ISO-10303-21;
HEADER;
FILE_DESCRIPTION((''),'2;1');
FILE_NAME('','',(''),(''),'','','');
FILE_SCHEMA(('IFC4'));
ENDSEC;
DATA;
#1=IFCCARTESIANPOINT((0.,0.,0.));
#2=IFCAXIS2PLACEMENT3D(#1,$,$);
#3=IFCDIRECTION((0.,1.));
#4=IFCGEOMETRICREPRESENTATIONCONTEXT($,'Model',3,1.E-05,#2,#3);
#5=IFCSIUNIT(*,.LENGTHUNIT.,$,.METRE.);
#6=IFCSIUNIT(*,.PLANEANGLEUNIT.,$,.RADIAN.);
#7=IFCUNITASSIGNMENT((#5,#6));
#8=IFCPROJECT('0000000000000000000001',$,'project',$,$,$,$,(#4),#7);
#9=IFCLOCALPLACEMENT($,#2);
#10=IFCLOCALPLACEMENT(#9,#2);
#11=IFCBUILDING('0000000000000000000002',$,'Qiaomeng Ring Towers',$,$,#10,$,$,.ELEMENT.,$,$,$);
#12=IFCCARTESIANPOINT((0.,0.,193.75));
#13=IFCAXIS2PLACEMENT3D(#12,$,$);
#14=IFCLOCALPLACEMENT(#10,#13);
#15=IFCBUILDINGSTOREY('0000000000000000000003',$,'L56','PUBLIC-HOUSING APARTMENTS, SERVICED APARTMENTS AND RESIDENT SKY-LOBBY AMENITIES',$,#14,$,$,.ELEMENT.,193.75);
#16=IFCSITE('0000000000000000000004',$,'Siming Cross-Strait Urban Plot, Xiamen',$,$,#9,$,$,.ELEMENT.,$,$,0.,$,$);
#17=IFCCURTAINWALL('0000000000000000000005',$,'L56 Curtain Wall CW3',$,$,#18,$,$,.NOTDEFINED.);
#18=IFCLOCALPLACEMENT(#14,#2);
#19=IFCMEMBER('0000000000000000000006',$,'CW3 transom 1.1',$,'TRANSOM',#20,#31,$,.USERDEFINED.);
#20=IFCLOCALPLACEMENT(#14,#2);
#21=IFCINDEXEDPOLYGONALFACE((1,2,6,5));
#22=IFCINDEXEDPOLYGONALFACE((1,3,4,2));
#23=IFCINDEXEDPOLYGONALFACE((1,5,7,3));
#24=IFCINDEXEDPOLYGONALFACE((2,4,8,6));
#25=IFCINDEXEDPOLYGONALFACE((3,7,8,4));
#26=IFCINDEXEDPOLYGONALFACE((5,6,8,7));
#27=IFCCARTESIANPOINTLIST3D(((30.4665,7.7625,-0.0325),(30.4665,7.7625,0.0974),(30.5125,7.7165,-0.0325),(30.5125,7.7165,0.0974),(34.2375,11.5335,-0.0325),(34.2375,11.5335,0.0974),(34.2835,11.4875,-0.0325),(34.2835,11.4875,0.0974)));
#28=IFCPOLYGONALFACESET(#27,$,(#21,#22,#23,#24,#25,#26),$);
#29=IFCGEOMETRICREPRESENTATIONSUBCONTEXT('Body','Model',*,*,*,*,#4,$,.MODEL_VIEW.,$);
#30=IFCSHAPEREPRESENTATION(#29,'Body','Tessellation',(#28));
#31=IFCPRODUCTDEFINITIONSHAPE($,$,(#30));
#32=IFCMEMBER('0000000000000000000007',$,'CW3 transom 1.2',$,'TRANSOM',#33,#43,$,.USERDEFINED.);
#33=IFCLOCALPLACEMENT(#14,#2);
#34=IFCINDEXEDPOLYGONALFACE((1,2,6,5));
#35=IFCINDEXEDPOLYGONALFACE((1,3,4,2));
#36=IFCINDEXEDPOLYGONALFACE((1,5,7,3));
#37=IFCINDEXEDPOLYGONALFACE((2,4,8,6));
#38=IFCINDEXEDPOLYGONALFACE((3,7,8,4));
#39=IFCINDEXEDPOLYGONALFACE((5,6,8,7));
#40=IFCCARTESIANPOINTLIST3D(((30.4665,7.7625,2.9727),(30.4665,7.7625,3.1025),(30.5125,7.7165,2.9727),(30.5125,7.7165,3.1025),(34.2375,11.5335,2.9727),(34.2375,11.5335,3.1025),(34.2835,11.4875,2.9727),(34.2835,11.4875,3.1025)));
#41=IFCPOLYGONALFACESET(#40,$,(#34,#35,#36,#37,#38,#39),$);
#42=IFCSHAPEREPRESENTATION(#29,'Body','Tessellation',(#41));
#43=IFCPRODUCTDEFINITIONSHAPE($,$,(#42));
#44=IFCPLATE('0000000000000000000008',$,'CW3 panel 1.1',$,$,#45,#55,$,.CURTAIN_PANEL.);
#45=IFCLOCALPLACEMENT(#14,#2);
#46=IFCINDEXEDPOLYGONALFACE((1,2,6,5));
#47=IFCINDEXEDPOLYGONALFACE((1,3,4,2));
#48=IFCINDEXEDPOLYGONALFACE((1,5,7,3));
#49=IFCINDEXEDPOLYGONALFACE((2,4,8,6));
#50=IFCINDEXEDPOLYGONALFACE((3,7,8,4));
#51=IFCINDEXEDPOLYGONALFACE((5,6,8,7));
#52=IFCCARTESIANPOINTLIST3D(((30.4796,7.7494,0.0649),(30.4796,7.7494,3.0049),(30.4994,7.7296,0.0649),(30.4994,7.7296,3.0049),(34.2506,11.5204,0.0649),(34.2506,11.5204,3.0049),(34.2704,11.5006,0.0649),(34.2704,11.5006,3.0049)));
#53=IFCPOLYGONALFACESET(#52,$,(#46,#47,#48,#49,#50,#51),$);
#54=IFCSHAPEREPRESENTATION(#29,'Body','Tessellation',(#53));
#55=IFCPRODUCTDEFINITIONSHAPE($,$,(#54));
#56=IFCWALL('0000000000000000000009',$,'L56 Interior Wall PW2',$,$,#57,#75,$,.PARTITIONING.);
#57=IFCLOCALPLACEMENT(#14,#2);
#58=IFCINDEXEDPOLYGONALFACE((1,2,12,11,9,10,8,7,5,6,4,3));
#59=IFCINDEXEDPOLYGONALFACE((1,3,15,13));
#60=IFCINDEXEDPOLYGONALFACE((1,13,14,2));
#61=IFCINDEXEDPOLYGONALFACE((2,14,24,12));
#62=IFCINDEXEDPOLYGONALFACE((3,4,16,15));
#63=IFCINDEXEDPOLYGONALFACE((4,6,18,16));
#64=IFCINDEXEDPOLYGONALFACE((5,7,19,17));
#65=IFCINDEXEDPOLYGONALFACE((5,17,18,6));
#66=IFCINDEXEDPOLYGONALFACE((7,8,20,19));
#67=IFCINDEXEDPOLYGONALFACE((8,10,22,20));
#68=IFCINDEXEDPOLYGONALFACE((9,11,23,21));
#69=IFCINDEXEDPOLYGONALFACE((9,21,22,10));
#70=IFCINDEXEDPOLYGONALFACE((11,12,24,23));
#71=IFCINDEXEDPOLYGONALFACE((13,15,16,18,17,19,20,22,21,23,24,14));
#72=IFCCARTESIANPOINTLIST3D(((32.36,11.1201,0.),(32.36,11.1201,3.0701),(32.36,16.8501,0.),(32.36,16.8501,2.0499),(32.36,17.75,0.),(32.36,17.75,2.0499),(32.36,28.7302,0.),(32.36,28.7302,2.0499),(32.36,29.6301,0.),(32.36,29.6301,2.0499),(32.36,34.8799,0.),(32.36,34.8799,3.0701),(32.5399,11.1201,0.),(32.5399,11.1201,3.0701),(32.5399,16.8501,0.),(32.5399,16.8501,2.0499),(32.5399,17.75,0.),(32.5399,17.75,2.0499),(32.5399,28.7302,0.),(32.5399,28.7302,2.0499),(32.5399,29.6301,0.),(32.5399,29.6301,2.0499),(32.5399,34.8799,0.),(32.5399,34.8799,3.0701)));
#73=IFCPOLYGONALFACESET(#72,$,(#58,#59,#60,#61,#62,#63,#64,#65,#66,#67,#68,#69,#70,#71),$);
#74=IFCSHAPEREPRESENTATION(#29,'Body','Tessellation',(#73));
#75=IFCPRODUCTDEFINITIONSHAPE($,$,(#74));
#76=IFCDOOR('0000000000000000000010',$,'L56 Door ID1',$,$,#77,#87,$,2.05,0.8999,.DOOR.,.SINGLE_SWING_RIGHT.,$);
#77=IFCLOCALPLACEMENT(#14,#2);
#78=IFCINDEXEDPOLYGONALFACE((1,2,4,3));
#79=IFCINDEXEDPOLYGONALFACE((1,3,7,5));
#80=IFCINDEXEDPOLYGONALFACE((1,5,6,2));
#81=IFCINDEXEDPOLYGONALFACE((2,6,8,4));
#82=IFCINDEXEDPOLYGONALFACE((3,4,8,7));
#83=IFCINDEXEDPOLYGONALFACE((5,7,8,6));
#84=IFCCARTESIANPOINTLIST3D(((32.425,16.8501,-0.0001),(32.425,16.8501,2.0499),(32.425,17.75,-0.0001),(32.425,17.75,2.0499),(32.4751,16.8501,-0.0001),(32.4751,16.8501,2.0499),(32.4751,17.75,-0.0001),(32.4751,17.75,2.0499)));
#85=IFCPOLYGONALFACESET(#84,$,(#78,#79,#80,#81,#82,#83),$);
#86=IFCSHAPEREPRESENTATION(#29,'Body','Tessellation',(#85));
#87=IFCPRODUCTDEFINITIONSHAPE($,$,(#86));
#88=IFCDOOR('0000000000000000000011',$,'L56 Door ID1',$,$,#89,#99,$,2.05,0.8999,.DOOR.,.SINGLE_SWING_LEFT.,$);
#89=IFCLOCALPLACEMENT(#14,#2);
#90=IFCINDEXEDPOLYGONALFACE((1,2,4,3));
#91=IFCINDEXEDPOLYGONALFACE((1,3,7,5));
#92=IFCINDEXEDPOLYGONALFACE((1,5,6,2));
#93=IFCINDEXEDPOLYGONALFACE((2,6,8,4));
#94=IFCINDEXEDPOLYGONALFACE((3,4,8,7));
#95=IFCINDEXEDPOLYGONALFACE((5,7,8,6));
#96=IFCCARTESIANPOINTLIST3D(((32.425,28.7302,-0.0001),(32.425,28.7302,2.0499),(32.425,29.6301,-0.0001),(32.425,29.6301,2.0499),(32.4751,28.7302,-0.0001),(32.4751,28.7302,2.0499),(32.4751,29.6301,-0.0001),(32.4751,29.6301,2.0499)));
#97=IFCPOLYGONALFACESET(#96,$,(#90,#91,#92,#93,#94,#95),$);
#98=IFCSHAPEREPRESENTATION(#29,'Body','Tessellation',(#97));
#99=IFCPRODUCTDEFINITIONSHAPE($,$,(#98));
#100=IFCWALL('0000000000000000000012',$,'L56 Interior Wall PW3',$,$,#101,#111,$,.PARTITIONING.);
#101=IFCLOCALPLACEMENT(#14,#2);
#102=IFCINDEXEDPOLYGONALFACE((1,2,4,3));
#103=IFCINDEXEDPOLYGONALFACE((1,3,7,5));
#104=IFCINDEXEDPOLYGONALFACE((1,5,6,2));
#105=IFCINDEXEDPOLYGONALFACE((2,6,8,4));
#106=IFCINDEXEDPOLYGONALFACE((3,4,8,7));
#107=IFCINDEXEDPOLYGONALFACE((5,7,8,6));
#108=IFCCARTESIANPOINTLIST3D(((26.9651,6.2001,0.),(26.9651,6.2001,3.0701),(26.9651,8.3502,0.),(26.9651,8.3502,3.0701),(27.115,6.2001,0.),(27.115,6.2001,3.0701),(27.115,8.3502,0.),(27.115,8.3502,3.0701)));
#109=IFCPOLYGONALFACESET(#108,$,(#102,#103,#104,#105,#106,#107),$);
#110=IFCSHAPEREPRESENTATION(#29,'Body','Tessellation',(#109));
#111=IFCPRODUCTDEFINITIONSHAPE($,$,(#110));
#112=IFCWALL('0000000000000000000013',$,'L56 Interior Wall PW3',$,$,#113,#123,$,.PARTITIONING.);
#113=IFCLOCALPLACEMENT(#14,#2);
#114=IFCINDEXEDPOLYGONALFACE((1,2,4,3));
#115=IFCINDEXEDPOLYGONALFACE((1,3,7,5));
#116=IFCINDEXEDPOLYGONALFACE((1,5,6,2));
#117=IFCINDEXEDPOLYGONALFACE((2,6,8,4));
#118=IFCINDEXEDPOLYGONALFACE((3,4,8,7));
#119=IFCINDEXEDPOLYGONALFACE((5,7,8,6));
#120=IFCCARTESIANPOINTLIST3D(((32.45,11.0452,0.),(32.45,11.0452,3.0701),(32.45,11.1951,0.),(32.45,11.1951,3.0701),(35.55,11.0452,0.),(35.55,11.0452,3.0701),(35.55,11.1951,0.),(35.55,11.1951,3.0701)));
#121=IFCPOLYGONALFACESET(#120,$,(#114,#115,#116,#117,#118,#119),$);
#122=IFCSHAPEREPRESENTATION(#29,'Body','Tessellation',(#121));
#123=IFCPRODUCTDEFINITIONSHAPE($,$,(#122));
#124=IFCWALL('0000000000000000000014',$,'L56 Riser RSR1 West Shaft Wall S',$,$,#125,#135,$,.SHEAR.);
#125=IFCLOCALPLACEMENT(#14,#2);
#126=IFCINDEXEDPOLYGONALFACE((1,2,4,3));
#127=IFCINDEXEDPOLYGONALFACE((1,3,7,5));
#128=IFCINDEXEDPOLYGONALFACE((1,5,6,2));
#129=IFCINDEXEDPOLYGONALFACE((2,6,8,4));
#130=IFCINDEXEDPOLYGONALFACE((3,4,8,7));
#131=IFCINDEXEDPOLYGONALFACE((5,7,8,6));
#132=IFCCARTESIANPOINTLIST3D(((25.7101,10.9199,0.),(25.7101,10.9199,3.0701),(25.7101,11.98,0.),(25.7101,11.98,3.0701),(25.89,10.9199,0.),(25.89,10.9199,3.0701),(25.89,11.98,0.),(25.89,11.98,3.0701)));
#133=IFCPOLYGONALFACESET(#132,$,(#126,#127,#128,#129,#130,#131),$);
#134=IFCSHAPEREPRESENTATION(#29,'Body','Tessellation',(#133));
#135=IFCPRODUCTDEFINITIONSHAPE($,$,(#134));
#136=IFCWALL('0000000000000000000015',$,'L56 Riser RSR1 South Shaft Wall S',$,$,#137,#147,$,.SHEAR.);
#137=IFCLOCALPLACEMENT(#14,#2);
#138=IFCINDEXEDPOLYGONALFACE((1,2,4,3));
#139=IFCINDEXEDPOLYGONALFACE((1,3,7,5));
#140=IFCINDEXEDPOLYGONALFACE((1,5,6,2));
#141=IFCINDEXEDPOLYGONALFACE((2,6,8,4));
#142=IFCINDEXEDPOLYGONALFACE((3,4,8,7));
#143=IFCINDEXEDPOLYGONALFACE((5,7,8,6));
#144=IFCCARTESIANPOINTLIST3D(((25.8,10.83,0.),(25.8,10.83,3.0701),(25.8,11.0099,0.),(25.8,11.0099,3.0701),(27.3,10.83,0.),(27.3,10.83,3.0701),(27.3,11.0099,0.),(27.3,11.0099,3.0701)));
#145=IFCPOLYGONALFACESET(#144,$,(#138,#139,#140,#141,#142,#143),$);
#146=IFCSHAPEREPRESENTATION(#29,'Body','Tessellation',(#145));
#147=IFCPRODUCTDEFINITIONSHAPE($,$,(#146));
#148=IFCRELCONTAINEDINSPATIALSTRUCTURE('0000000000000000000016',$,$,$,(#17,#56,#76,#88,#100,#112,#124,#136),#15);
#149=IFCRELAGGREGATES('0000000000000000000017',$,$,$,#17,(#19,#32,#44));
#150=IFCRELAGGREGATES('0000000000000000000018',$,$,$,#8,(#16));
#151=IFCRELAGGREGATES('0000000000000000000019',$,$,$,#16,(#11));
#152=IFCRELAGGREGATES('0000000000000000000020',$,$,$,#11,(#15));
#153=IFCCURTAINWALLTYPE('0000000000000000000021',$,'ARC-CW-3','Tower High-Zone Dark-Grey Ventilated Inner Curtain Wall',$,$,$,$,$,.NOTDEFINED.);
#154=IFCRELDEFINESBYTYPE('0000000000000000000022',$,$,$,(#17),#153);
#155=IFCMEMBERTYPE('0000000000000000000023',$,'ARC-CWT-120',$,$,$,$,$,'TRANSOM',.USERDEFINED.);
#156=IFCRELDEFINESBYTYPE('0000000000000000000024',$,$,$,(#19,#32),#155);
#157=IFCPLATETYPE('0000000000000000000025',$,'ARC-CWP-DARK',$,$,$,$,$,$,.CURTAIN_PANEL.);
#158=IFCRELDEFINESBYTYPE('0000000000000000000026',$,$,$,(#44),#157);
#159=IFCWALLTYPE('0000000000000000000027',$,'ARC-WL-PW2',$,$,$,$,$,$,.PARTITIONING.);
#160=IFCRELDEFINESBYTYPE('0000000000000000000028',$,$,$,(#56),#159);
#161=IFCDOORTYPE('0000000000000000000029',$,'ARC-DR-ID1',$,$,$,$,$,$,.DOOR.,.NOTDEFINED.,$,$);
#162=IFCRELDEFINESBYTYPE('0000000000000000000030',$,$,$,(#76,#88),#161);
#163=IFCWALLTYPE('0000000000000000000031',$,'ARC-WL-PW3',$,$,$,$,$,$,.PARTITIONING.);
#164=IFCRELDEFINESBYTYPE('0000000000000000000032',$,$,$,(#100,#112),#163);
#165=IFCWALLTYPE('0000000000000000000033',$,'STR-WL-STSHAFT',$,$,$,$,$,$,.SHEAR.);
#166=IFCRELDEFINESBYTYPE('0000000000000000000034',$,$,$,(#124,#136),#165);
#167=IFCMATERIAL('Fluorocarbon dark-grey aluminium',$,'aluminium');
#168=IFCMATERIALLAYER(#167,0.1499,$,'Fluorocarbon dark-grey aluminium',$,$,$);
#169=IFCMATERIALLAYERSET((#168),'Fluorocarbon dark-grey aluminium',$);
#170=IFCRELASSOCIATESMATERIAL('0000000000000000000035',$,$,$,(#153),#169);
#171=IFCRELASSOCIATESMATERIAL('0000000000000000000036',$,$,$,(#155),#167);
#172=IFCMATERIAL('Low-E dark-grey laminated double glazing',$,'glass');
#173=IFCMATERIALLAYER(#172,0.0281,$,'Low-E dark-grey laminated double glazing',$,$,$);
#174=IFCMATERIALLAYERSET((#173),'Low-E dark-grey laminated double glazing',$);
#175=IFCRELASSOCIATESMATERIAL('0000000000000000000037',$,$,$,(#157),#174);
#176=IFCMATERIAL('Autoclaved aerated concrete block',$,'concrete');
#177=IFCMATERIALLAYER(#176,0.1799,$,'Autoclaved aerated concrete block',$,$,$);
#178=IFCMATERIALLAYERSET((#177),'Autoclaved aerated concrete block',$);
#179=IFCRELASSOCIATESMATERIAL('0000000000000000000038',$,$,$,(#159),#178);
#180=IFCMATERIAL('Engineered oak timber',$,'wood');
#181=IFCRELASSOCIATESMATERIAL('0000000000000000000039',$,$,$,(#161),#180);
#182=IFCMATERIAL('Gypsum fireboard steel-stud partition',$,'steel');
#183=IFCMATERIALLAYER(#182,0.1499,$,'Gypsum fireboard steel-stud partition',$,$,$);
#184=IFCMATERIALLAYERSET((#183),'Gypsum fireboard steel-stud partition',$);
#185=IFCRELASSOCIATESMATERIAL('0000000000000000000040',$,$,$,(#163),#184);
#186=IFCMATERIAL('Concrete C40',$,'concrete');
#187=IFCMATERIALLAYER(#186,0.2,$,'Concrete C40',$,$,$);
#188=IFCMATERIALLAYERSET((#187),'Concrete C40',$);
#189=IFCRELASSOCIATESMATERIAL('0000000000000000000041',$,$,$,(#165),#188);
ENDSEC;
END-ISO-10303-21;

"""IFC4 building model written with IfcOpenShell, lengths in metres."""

from ifc_helpers import new_model, si_unit, direction, frame, frame_2d, origin, origin_2d, place, context, subcontext, project, spatial, rectangle, extrude, source, transform, mapped, material, layer, layer_set, material_profile, profile_set, type_object, element, fill, aggregate, save


model = new_model("IFC4")

# Units and contexts
model_context = context("Model", 3, precision=1e-05, world=origin(), true_north=direction((0.0, 1.0)))
body_context = subcontext(model_context, "Body", "Model", "MODEL_VIEW")
ifc_project = project(units=[si_unit("LENGTHUNIT", "METRE"), si_unit("PLANEANGLEUNIT", "RADIAN")], contexts=[model_context])

# Site, building, storey
site_placement = place(None, origin())
site = spatial("IfcSite", under=ifc_project, at=site_placement, Name="Siming Cross-Strait Urban Plot, Xiamen", CompositionType="ELEMENT", RefElevation=0.0)
building_placement = place(site_placement, origin())
building = spatial("IfcBuilding", under=site, at=building_placement, Name="Qiaomeng Ring Towers", CompositionType="ELEMENT")
storey_placement = place(building_placement, frame((0.0, 0.0, 193.75)))
storey = spatial("IfcBuildingStorey", under=building, at=storey_placement, Name="L56", Description="PUBLIC-HOUSING APARTMENTS, SERVICED APARTMENTS AND RESIDENT SKY-LOBBY AMENITIES", CompositionType="ELEMENT", Elevation=193.75)

# Shared definitions
ifc_material_1 = material(Name="Concrete C40", Category="concrete")

# Curtain wall, members, plate
ifc_material_2 = material(Name="Fluorocarbon dark-grey aluminium", Category="aluminium")
ifc_layer_1 = layer(ifc_material_2, 0.1499, Name="Fluorocarbon dark-grey aluminium")
ifc_layer_set_1 = layer_set([ifc_layer_1], Name="Fluorocarbon dark-grey aluminium")
curtain_wall_type = type_object("IfcCurtainWallType", Name="ARC-CW-3", Description="Tower High-Zone Dark-Grey Ventilated Inner Curtain Wall", PredefinedType="NOTDEFINED", material=ifc_layer_set_1)
curtain_wall_placement = place(storey_placement, origin())
curtain_wall = element("IfcCurtainWall", 1, at=curtain_wall_placement, inside=storey, type_object=curtain_wall_type, Name="L56 Curtain Wall CW3", PredefinedType="NOTDEFINED")
ifc_material_profile_1 = material_profile(ifc_material_2, rectangle(XDim=0.0649, YDim=0.1299, at=origin_2d()), Name="ALU TRAN 65x130")
ifc_profile_set_1 = profile_set([ifc_material_profile_1], Name="Fluorocarbon dark-grey aluminium")
member_type_1 = type_object("IfcMemberType", Name="ARC-CWT-120", ElementType="TRANSOM", PredefinedType="USERDEFINED", material=ifc_profile_set_1)
shared_shape_1 = source(origin(), body_context, "Body", "SweptSolid", [
    extrude(rectangle(XDim=0.0649, YDim=0.1299, at=origin_2d()), origin(), (0.0, 0.0, 1.0), 5.333),
])
member_1_placement = place(storey_placement, frame((30.4895, 7.7395, 0.0325), z_axis=(0.707107, 0.707107, 0.0), x_axis=(-0.707107, 0.707107, 0.0)))
member_1 = element("IfcMember", 2, at=member_1_placement, type_object=member_type_1, Name="CW3 transom 1.1", ObjectType="TRANSOM", PredefinedType="USERDEFINED", context=body_context, shape_type="MappedRepresentation", body=[
    mapped(shared_shape_1, transform((0.0, 0.0, 0.0), x_axis=(1.0, 0.0, 0.0), y_axis=(0.0, 1.0, 0.0), z_axis=(0.0, 0.0, 1.0), scale=1.0)),
])
member_2_placement = place(storey_placement, frame((30.4895, 7.7395, 3.0376), z_axis=(0.707107, 0.707107, 0.0), x_axis=(-0.707107, 0.707107, 0.0)))
member_2 = element("IfcMember", 3, at=member_2_placement, type_object=member_type_1, Name="CW3 transom 1.2", ObjectType="TRANSOM", PredefinedType="USERDEFINED", context=body_context, shape_type="MappedRepresentation", body=[
    mapped(shared_shape_1, transform((0.0, 0.0, 0.0), x_axis=(1.0, 0.0, 0.0), y_axis=(0.0, 1.0, 0.0), z_axis=(0.0, 0.0, 1.0), scale=1.0)),
])
ifc_material_3 = material(Name="Low-E dark-grey laminated double glazing", Category="glass")
ifc_layer_2 = layer(ifc_material_3, 0.0281, Name="Low-E dark-grey laminated double glazing")
ifc_layer_set_2 = layer_set([ifc_layer_2], Name="Low-E dark-grey laminated double glazing")
plate_type = type_object("IfcPlateType", Name="ARC-CWP-DARK", PredefinedType="CURTAIN_PANEL", material=ifc_layer_set_2)
shared_shape_2 = source(origin(), body_context, "Body", "SweptSolid", [
    extrude(rectangle(XDim=5.333, YDim=0.0281, at=origin_2d()), origin(), (0.0, 0.0, 1.0), 2.9399),
])
plate_placement = place(storey_placement, frame((32.375, 9.625, 0.0649), z_axis=(0.0, 0.0, 1.0), x_axis=(0.707107, 0.707107, 0.0)))
plate = element("IfcPlate", 4, at=plate_placement, type_object=plate_type, Name="CW3 panel 1.1", PredefinedType="CURTAIN_PANEL", context=body_context, shape_type="MappedRepresentation", body=[
    mapped(shared_shape_2, transform((0.0, 0.0, 0.0), x_axis=(1.0, 0.0, 0.0), y_axis=(0.0, 1.0, 0.0), z_axis=(0.0, 0.0, 1.0), scale=1.0)),
])
aggregate(curtain_wall, [member_1, member_2, plate])

# Wall, openings, doors
ifc_material_4 = material(Name="Autoclaved aerated concrete block", Category="concrete")
ifc_layer_3 = layer(ifc_material_4, 0.1799, Name="Autoclaved aerated concrete block")
ifc_layer_set_3 = layer_set([ifc_layer_3], Name="Autoclaved aerated concrete block")
wall_type_1 = type_object("IfcWallType", Name="ARC-WL-PW2", PredefinedType="PARTITIONING", material=ifc_layer_set_3)
wall_1_placement = place(storey_placement, frame((32.45, 11.1201, 0.0), z_axis=(0.0, 0.0, 1.0), x_axis=(0.0, 1.0, 0.0)))
wall_1 = element("IfcWall", 5, at=wall_1_placement, inside=storey, type_object=wall_type_1, Name="L56 Interior Wall PW2", PredefinedType="PARTITIONING", context=body_context, shape_type="SweptSolid", body=[
    extrude(rectangle(XDim=23.7598, YDim=0.1799, at=frame_2d((11.8799, 0.0))), origin(), (0.0, 0.0, 1.0), 3.0701),
])
opening_1_placement = place(wall_1_placement, frame((5.73, 0.0, 0.0)))
opening_1 = element("IfcOpeningElement", 6, at=opening_1_placement, cuts=wall_1, PredefinedType="OPENING", context=body_context, shape_type="SweptSolid", body=[
    extrude(rectangle(XDim=0.8999, YDim=2.05, at=frame_2d((0.45, 1.0249))), frame((0.0, 0.0999, 0.0), z_axis=(0.0, -1.0, 0.0), x_axis=(1.0, 0.0, 0.0)), (0.0, 0.0, 1.0), 0.2),
])
opening_2_placement = place(wall_1_placement, frame((17.6101, 0.0, 0.0)))
opening_2 = element("IfcOpeningElement", 7, at=opening_2_placement, cuts=wall_1, PredefinedType="OPENING", context=body_context, shape_type="SweptSolid", body=[
    extrude(rectangle(XDim=0.8999, YDim=2.05, at=frame_2d((0.45, 1.0249))), frame((0.0, 0.0999, 0.0), z_axis=(0.0, -1.0, 0.0), x_axis=(1.0, 0.0, 0.0)), (0.0, 0.0, 1.0), 0.2),
])
ifc_material_5 = material(Name="Engineered oak timber", Category="wood")
door_type_1 = type_object("IfcDoorType", Name="ARC-DR-ID1", OperationType="NOTDEFINED", PredefinedType="DOOR", material=ifc_material_5)
shared_shape_3 = source(origin(), body_context, "Body", "SweptSolid", [
    extrude(rectangle(XDim=0.8999, YDim=2.05, at=frame_2d((0.45, 1.0249))), frame((0.0, 0.0249, 0.0), z_axis=(0.0, -1.0, 0.0), x_axis=(1.0, 0.0, 0.0)), (0.0, 0.0, 1.0), 0.05),
])
door_1_placement = place(opening_1_placement, origin())
door_1 = element("IfcDoor", 8, at=door_1_placement, inside=storey, type_object=door_type_1, Name="L56 Door ID1", OperationType="SINGLE_SWING_RIGHT", OverallHeight=2.05, OverallWidth=0.8999, PredefinedType="DOOR", context=body_context, shape_type="MappedRepresentation", body=[
    mapped(shared_shape_3, transform((0.0, 0.0, 0.0), x_axis=(1.0, 0.0, 0.0), y_axis=(0.0, 1.0, 0.0), z_axis=(0.0, 0.0, 1.0), scale=1.0)),
])
fill(opening_1, door_1)
door_2_placement = place(opening_2_placement, origin())
door_2 = element("IfcDoor", 9, at=door_2_placement, inside=storey, type_object=door_type_1, Name="L56 Door ID1", OperationType="SINGLE_SWING_LEFT", OverallHeight=2.05, OverallWidth=0.8999, PredefinedType="DOOR", context=body_context, shape_type="MappedRepresentation", body=[
    mapped(shared_shape_3, transform((0.0, 0.0, 0.0), x_axis=(1.0, 0.0, 0.0), y_axis=(0.0, 1.0, 0.0), z_axis=(0.0, 0.0, 1.0), scale=1.0)),
])
fill(opening_2, door_2)

# Walls
ifc_material_6 = material(Name="Gypsum fireboard steel-stud partition", Category="steel")
ifc_layer_4 = layer(ifc_material_6, 0.1499, Name="Gypsum fireboard steel-stud partition")
ifc_layer_set_4 = layer_set([ifc_layer_4], Name="Gypsum fireboard steel-stud partition")
wall_type_2 = type_object("IfcWallType", Name="ARC-WL-PW3", PredefinedType="PARTITIONING", material=ifc_layer_set_4)
wall_2_placement = place(storey_placement, frame((27.04, 6.2, 0.0), z_axis=(0.0, 0.0, 1.0), x_axis=(0.0, 1.0, 0.0)))
element("IfcWall", 10, at=wall_2_placement, inside=storey, type_object=wall_type_2, Name="L56 Interior Wall PW3", PredefinedType="PARTITIONING", context=body_context, shape_type="SweptSolid", body=[
    extrude(rectangle(XDim=2.1501, YDim=0.1499, at=frame_2d((1.0752, 0.0))), origin(), (0.0, 0.0, 1.0), 3.0701),
])
wall_3_placement = place(storey_placement, frame((32.45, 11.1201, 0.0), z_axis=(0.0, 0.0, 1.0), x_axis=(1.0, 0.0, 0.0)))
element("IfcWall", 11, at=wall_3_placement, inside=storey, type_object=wall_type_2, Name="L56 Interior Wall PW3", PredefinedType="PARTITIONING", context=body_context, shape_type="SweptSolid", body=[
    extrude(rectangle(XDim=3.1001, YDim=0.1499, at=frame_2d((1.55, 0.0))), origin(), (0.0, 0.0, 1.0), 3.0701),
])
ifc_layer_5 = layer(ifc_material_1, 0.2, Name="Concrete C40")
ifc_layer_set_5 = layer_set([ifc_layer_5], Name="Concrete C40")
wall_type_3 = type_object("IfcWallType", Name="STR-WL-STSHAFT", PredefinedType="SHEAR", material=ifc_layer_set_5)
wall_4_placement = place(storey_placement, frame((25.8, 10.9199, 0.0), z_axis=(0.0, 0.0, 1.0), x_axis=(0.0, 1.0, 0.0)))
element("IfcWall", 12, at=wall_4_placement, inside=storey, type_object=wall_type_3, Name="L56 Riser RSR1 West Shaft Wall S", PredefinedType="SHEAR", context=body_context, shape_type="SweptSolid", body=[
    extrude(rectangle(XDim=1.0601, YDim=0.1799, at=frame_2d((0.53, 0.0))), origin(), (0.0, 0.0, 1.0), 3.0701),
])
wall_5_placement = place(storey_placement, frame((25.8, 10.9199, 0.0), z_axis=(0.0, 0.0, 1.0), x_axis=(1.0, 0.0, 0.0)))
element("IfcWall", 13, at=wall_5_placement, inside=storey, type_object=wall_type_3, Name="L56 Riser RSR1 South Shaft Wall S", PredefinedType="SHEAR", context=body_context, shape_type="SweptSolid", body=[
    extrude(rectangle(XDim=1.5, YDim=0.1799, at=frame_2d((0.75, 0.0))), origin(), (0.0, 0.0, 1.0), 3.0701),
])

save(model, "model.ifc")
